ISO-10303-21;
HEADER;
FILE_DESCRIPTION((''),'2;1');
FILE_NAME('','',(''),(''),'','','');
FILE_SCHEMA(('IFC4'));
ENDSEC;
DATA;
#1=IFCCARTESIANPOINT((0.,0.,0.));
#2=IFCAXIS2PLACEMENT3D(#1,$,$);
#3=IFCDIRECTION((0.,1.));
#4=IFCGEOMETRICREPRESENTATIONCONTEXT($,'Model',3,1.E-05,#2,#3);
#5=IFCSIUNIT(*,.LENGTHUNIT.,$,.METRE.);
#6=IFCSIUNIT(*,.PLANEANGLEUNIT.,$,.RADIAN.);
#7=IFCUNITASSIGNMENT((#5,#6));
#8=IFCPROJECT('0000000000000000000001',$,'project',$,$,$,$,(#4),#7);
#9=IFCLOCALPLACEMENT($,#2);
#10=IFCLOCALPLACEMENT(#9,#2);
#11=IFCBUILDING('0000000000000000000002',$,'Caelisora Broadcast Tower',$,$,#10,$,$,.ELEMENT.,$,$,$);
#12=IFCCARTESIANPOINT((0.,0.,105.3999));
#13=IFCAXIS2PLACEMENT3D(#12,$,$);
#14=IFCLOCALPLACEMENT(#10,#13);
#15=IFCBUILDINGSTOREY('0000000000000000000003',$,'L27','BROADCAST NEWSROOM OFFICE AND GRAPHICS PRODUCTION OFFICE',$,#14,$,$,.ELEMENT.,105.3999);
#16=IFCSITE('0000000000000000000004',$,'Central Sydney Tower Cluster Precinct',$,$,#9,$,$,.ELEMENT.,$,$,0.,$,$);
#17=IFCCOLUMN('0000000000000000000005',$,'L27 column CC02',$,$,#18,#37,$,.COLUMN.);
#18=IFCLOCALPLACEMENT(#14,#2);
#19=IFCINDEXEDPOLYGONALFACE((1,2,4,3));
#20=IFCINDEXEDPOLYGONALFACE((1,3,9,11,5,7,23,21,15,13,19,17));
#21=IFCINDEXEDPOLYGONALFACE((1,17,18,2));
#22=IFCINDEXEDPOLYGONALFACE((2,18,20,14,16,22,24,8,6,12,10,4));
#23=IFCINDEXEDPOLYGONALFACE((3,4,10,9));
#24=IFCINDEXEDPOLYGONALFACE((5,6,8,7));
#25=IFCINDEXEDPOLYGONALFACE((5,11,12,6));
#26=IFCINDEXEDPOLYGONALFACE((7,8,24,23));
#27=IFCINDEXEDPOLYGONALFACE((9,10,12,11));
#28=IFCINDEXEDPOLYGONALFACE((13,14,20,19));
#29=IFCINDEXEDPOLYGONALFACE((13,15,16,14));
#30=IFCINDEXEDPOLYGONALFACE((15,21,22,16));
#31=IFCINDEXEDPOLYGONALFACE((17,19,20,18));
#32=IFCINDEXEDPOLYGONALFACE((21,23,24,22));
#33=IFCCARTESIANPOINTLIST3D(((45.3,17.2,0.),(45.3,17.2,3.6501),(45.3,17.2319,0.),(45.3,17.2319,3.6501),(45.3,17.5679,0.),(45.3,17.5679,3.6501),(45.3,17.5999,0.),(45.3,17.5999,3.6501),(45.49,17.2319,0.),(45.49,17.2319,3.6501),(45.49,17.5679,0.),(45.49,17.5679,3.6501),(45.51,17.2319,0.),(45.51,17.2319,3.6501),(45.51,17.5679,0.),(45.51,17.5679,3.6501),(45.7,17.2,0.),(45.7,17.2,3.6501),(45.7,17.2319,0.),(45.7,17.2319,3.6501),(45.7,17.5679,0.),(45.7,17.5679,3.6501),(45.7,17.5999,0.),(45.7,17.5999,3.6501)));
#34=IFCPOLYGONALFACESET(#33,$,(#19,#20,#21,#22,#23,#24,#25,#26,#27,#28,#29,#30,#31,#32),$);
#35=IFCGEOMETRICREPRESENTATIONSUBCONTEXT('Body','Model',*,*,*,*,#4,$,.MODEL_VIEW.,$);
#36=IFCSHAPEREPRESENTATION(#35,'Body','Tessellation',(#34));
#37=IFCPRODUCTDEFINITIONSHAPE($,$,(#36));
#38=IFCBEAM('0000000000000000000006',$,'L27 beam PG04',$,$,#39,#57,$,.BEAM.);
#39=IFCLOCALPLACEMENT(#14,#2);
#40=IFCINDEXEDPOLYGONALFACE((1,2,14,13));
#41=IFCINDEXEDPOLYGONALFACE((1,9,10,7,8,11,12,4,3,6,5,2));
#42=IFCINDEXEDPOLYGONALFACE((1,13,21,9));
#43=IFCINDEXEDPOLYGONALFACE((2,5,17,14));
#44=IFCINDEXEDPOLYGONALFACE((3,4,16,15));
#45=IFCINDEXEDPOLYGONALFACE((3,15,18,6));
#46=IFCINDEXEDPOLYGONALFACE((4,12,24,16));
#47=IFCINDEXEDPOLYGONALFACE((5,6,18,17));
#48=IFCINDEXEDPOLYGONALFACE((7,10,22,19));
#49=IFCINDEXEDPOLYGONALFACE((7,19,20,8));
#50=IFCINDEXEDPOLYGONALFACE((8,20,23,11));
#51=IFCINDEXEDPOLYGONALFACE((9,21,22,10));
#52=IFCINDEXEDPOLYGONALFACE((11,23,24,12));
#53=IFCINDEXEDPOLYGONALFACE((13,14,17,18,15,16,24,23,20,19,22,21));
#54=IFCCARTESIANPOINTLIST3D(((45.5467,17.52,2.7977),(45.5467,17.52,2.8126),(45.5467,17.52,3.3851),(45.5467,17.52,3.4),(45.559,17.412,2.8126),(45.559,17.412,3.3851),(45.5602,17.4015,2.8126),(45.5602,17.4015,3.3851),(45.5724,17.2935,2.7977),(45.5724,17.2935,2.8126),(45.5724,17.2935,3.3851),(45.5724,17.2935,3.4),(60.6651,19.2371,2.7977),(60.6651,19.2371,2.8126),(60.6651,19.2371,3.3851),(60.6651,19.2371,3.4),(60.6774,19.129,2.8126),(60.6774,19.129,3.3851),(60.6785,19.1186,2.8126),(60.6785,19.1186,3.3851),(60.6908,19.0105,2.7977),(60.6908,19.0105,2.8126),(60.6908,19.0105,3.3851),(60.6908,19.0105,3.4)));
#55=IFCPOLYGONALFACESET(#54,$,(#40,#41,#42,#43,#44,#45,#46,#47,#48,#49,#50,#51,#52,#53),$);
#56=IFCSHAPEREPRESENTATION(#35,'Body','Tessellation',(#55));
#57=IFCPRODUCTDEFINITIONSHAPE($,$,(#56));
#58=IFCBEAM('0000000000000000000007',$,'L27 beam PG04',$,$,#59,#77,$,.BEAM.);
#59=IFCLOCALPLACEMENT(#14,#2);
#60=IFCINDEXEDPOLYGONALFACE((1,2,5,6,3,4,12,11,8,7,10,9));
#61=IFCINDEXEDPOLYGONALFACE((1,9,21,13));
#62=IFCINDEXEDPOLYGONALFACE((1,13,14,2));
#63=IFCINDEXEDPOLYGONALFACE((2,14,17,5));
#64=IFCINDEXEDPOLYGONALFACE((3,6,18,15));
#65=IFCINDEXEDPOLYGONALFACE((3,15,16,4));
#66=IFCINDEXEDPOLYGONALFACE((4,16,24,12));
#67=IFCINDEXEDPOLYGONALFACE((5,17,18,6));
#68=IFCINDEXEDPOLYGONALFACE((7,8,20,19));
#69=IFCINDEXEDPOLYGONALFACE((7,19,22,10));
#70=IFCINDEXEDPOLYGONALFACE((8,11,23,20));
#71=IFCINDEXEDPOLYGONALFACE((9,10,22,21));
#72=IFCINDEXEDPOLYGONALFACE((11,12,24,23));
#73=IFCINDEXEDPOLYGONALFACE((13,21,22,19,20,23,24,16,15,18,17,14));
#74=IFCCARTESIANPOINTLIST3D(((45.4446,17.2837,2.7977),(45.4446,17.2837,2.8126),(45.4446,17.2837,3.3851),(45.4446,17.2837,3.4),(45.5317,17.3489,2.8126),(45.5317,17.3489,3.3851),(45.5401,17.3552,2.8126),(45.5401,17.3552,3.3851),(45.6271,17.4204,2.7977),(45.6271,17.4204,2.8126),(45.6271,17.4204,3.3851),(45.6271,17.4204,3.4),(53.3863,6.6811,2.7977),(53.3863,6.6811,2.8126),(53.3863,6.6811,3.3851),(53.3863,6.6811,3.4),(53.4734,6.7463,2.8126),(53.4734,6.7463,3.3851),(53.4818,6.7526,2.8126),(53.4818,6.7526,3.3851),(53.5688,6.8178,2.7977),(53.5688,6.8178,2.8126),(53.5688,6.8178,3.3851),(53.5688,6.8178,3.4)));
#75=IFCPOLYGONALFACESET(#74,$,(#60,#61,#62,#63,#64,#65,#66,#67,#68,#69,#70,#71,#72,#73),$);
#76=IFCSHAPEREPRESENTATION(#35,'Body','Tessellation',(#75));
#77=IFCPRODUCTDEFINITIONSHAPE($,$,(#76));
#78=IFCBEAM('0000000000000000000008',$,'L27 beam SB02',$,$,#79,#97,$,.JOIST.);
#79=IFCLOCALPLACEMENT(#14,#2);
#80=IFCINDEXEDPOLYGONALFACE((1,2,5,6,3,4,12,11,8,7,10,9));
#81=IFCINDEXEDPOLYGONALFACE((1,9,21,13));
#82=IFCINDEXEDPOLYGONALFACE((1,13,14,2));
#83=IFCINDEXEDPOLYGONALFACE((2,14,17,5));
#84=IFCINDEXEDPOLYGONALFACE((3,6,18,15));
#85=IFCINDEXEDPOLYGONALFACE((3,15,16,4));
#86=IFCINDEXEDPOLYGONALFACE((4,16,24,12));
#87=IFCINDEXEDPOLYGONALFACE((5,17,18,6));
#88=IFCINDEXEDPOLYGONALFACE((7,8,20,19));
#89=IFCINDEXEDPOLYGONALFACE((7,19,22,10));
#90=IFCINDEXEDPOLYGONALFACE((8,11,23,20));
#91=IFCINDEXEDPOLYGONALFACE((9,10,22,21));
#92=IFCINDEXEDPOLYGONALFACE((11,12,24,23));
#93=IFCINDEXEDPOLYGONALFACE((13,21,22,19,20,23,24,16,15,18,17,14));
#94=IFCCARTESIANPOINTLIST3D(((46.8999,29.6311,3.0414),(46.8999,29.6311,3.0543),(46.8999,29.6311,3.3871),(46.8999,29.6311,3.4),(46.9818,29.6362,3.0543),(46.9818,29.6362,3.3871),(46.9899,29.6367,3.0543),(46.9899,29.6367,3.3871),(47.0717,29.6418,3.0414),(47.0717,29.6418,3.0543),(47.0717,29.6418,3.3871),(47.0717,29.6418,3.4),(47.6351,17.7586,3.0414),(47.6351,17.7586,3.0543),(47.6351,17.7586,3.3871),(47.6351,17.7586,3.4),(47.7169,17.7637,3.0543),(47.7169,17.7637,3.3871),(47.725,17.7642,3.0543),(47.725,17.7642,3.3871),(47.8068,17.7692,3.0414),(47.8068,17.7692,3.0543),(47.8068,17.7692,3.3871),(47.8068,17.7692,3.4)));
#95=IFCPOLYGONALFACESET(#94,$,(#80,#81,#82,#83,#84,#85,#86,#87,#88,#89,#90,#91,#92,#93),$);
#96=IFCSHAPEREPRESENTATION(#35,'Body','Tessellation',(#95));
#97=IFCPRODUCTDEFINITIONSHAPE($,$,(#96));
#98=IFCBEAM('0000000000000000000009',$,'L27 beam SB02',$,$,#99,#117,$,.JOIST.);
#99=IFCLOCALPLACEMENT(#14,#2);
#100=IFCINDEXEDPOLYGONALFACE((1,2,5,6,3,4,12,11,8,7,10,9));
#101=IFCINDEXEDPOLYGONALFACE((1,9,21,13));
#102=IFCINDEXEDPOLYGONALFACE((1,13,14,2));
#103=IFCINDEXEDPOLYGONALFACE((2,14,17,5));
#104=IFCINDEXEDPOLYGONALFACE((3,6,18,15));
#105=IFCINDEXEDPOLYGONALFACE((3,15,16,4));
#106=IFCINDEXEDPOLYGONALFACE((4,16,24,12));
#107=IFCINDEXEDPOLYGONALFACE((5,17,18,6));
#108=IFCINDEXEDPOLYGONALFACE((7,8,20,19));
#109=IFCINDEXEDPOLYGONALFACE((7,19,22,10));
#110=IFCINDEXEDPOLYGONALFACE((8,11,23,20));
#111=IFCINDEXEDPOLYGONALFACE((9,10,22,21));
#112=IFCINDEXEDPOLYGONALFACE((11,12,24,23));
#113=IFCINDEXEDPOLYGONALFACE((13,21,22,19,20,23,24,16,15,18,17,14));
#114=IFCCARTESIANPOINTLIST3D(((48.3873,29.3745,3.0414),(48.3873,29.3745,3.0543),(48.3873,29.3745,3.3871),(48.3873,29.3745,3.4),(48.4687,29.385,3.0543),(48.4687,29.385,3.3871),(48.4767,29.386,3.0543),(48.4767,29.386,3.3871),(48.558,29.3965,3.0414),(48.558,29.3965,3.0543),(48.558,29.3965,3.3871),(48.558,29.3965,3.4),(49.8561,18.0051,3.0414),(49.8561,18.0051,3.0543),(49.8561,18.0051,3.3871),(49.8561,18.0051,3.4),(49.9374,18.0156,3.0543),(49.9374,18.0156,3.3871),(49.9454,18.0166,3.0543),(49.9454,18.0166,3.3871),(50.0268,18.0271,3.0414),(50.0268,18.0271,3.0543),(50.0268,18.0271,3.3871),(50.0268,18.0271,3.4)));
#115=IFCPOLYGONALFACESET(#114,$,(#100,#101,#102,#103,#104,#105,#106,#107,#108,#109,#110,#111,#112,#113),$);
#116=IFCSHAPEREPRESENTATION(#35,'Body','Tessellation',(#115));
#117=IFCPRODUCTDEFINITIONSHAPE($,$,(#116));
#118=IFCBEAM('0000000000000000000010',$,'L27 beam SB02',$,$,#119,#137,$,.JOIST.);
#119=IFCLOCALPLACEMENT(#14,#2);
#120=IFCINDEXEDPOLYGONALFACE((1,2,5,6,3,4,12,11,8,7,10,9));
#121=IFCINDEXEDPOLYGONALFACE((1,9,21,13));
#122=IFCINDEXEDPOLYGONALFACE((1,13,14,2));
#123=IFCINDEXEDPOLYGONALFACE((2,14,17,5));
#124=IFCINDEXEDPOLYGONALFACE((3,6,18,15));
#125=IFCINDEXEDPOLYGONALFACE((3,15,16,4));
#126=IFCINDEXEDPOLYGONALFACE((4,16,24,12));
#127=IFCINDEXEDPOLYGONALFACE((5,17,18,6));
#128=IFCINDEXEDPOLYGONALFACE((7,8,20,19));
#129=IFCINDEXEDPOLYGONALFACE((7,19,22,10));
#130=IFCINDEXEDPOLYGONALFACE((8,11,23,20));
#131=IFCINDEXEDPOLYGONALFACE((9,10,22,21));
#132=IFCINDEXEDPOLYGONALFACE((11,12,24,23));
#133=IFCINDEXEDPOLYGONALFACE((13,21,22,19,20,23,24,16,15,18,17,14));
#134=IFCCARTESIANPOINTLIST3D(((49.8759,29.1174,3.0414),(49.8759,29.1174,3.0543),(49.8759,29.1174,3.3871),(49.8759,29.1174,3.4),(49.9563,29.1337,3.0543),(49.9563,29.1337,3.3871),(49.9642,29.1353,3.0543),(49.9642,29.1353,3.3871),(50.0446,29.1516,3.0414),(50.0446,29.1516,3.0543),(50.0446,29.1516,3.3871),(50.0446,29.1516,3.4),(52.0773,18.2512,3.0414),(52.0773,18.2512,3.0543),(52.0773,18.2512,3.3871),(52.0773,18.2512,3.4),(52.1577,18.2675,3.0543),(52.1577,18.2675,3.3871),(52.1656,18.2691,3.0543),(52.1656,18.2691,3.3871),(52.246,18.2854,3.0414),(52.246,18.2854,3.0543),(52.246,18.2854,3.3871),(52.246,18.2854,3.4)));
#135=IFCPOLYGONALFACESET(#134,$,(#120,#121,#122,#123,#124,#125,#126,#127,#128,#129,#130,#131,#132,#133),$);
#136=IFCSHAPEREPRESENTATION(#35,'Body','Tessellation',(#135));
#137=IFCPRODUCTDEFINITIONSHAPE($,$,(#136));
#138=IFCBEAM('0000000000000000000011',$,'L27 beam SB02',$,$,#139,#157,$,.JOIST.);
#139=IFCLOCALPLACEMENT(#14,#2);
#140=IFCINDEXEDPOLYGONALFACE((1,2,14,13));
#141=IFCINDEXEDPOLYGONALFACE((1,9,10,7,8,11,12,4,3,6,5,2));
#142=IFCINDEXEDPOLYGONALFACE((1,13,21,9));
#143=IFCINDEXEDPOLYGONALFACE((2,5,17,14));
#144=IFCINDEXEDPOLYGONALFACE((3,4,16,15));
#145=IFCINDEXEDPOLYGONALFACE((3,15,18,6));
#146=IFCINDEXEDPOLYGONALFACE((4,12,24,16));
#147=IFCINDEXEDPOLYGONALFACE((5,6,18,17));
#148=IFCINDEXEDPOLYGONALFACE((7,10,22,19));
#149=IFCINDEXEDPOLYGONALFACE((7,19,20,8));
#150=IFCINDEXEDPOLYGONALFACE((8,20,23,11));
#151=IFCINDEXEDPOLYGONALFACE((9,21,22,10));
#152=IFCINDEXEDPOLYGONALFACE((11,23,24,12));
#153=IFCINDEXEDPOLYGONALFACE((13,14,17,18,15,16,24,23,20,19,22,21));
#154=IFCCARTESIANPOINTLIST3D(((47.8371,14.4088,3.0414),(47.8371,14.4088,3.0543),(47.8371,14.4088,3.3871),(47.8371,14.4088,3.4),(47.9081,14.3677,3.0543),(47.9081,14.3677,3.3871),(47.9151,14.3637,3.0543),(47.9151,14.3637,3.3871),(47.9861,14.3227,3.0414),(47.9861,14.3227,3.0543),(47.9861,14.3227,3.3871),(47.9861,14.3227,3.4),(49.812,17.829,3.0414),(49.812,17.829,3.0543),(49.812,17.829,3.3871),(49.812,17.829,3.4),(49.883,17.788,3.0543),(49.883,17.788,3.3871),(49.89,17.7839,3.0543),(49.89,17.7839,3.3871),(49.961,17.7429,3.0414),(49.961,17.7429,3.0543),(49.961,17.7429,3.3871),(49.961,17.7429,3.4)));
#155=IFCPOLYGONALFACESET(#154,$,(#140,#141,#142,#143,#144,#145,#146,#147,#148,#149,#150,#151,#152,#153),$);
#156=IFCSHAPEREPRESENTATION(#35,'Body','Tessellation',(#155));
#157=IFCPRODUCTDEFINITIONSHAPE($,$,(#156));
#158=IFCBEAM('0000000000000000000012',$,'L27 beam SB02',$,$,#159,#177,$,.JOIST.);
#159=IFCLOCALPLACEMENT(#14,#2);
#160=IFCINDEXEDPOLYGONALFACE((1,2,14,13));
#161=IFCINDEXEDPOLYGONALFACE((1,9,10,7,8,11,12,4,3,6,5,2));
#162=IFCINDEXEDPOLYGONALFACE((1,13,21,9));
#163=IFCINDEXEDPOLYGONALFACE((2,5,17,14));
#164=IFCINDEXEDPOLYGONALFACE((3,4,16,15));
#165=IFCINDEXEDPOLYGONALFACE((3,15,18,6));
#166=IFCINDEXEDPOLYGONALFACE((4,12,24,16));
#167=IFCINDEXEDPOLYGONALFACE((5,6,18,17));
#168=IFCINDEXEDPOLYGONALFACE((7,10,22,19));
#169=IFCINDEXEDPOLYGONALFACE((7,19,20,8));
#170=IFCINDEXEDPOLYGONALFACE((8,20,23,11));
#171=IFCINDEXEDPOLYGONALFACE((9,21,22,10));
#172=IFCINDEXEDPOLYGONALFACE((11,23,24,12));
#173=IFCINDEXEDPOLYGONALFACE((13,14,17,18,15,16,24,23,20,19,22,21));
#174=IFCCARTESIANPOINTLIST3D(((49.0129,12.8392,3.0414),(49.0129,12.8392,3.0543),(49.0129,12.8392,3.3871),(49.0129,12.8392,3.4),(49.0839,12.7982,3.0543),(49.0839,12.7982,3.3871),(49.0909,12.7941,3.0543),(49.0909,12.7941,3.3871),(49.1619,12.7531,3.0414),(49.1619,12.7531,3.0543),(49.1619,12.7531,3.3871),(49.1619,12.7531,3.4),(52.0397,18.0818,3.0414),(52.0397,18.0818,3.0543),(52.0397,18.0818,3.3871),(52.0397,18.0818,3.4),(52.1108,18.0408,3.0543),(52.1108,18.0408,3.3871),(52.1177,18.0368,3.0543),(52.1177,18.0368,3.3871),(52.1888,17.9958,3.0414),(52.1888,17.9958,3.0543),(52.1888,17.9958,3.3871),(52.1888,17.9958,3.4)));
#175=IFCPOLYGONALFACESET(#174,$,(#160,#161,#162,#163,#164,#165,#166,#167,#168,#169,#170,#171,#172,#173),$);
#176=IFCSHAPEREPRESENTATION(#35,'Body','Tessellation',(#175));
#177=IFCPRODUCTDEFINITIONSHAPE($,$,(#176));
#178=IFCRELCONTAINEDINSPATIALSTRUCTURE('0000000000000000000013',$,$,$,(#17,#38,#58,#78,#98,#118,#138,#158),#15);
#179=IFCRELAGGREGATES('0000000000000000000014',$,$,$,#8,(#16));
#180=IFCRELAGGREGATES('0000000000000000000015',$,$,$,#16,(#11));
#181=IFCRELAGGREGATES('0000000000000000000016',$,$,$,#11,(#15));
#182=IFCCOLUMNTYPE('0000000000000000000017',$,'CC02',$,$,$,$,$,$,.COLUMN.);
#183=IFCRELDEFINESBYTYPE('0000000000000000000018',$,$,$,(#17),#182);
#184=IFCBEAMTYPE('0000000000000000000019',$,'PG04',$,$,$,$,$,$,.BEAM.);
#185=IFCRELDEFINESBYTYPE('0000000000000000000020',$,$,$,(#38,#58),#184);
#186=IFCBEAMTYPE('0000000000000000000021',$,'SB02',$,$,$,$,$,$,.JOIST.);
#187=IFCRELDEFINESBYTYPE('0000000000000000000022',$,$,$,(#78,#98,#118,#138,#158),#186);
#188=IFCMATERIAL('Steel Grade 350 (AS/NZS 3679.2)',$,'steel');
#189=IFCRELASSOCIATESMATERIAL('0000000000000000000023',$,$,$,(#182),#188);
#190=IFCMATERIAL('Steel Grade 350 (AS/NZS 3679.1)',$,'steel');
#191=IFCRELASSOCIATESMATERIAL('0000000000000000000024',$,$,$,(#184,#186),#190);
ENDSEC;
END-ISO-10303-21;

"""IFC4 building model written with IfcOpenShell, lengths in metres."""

from ifc_helpers import new_model, si_unit, direction, frame, origin, origin_2d, place, context, subcontext, project, spatial, i_section, extrude, source, transform, mapped, material, material_profile, profile_set, type_object, type_shapes, element, save


model = new_model("IFC4")

# Units and contexts
model_context = context("Model", 3, precision=1e-05, world=origin(), true_north=direction((0.0, 1.0)))
body_context = subcontext(model_context, "Body", "Model", "MODEL_VIEW")
ifc_project = project(units=[si_unit("LENGTHUNIT", "METRE"), si_unit("PLANEANGLEUNIT", "RADIAN")], contexts=[model_context])

# Site, building, storey
site_placement = place(None, origin())
site = spatial("IfcSite", under=ifc_project, at=site_placement, Name="Central Sydney Tower Cluster Precinct", CompositionType="ELEMENT", RefElevation=0.0)
building_placement = place(site_placement, origin())
building = spatial("IfcBuilding", under=site, at=building_placement, Name="Caelisora Broadcast Tower", CompositionType="ELEMENT")
storey_placement = place(building_placement, frame((0.0, 0.0, 105.3999)))
storey = spatial("IfcBuildingStorey", under=building, at=storey_placement, Name="L27", Description="BROADCAST NEWSROOM OFFICE AND GRAPHICS PRODUCTION OFFICE", CompositionType="ELEMENT", Elevation=105.3999)

# Column
ifc_material_1 = material(Name="Steel Grade 350 (AS/NZS 3679.2)", Category="steel")
ifc_material_profile_1 = material_profile(ifc_material_1, i_section(OverallWidth=0.3999, OverallDepth=0.3999, WebThickness=0.02, FlangeThickness=0.032, at=origin_2d()), Name="Steel Grade 350 (AS/NZS 3679.2)")
ifc_profile_set_1 = profile_set([ifc_material_profile_1], Name="Steel Grade 350 (AS/NZS 3679.2)")
column_type = type_object("IfcColumnType", Name="CC02", PredefinedType="COLUMN", material=ifc_profile_set_1)
shared_shape_1 = source(origin(), body_context, "Body", "SweptSolid", [
    extrude(i_section(OverallWidth=0.3999, OverallDepth=0.3999, WebThickness=0.02, FlangeThickness=0.032, at=origin_2d()), origin(), (0.0, 0.0, 1.0), 3.6501),
])
type_shapes(column_type, [shared_shape_1])
column_placement = place(storey_placement, frame((45.5, 17.3999, 0.0), z_axis=(0.0, 0.0, 1.0), x_axis=(1.0, 0.0, 0.0)))
element("IfcColumn", 1, at=column_placement, inside=storey, type_object=column_type, Name="L27 column CC02", PredefinedType="COLUMN", context=body_context, shape_type="MappedRepresentation", body=[
    mapped(shared_shape_1, transform((0.0, 0.0, 0.0), scale=1.0)),
])

# Beams
ifc_material_2 = material(Name="Steel Grade 350 (AS/NZS 3679.1)", Category="steel")
ifc_material_profile_2 = material_profile(ifc_material_2, i_section(OverallWidth=0.228, OverallDepth=0.6023, WebThickness=0.0105, FlangeThickness=0.0149, at=origin_2d()), Name="Steel Grade 350 (AS/NZS 3679.1)")
ifc_profile_set_2 = profile_set([ifc_material_profile_2], Name="Steel Grade 350 (AS/NZS 3679.1)")
beam_type_1 = type_object("IfcBeamType", Name="PG04", PredefinedType="BEAM", material=ifc_profile_set_2)
shared_shape_2 = source(origin(), body_context, "Body", "SweptSolid", [
    extrude(i_section(OverallWidth=0.228, OverallDepth=0.6023, WebThickness=0.0105, FlangeThickness=0.0149, at=origin_2d()), origin(), (0.0, 0.0, 1.0), 15.2156),
])
beam_1_placement = place(storey_placement, frame((45.5596, 17.4067, 3.0989), z_axis=(0.993612, 0.112847, 0.0), x_axis=(-0.112847, 0.993612, 0.0)))
element("IfcBeam", 2, at=beam_1_placement, inside=storey, type_object=beam_type_1, Name="L27 beam PG04", PredefinedType="BEAM", context=body_context, shape_type="MappedRepresentation", body=[
    mapped(shared_shape_2, transform((0.0, 0.0, 0.0), scale=1.0)),
])
shared_shape_3 = source(origin(), body_context, "Body", "SweptSolid", [
    extrude(i_section(OverallWidth=0.228, OverallDepth=0.6023, WebThickness=0.0105, FlangeThickness=0.0149, at=origin_2d()), origin(), (0.0, 0.0, 1.0), 13.2471),
])
type_shapes(beam_type_1, [shared_shape_2, shared_shape_3])
beam_2_placement = place(storey_placement, frame((45.5359, 17.3521, 3.0989), z_axis=(0.599504, -0.800371, 0.0), x_axis=(0.800371, 0.599504, 0.0)))
element("IfcBeam", 3, at=beam_2_placement, inside=storey, type_object=beam_type_1, Name="L27 beam PG04", PredefinedType="BEAM", context=body_context, shape_type="MappedRepresentation", body=[
    mapped(shared_shape_3, transform((0.0, 0.0, 0.0), scale=1.0)),
])
ifc_material_profile_3 = material_profile(ifc_material_2, i_section(OverallWidth=0.1721, OverallDepth=0.3586, WebThickness=0.0081, FlangeThickness=0.0129, at=origin_2d()), Name="Steel Grade 350 (AS/NZS 3679.1)")
ifc_profile_set_3 = profile_set([ifc_material_profile_3], Name="Steel Grade 350 (AS/NZS 3679.1)")
beam_type_2 = type_object("IfcBeamType", Name="SB02", PredefinedType="JOIST", material=ifc_profile_set_3)
shared_shape_4 = source(origin(), body_context, "Body", "SweptSolid", [
    extrude(i_section(OverallWidth=0.1721, OverallDepth=0.3586, WebThickness=0.0081, FlangeThickness=0.0129, at=origin_2d()), origin(), (0.0, 0.0, 1.0), 11.8953),
])
beam_3_placement = place(storey_placement, frame((47.7209, 17.7639, 3.2207), z_axis=(-0.061798, 0.998089, 0.0), x_axis=(-0.998089, -0.061798, 0.0)))
element("IfcBeam", 4, at=beam_3_placement, inside=storey, type_object=beam_type_2, Name="L27 beam SB02", PredefinedType="JOIST", context=body_context, shape_type="MappedRepresentation", body=[
    mapped(shared_shape_4, transform((0.0, 0.0, 0.0), scale=1.0)),
])
shared_shape_5 = source(origin(), body_context, "Body", "SweptSolid", [
    extrude(i_section(OverallWidth=0.1721, OverallDepth=0.3586, WebThickness=0.0081, FlangeThickness=0.0129, at=origin_2d()), origin(), (0.0, 0.0, 1.0), 11.4639),
])
beam_4_placement = place(storey_placement, frame((49.9414, 18.0161, 3.2207), z_axis=(-0.12812, 0.991759, 0.0), x_axis=(-0.991759, -0.12812, 0.0)))
element("IfcBeam", 5, at=beam_4_placement, inside=storey, type_object=beam_type_2, Name="L27 beam SB02", PredefinedType="JOIST", context=body_context, shape_type="MappedRepresentation", body=[
    mapped(shared_shape_5, transform((0.0, 0.0, 0.0), scale=1.0)),
])
shared_shape_6 = source(origin(), body_context, "Body", "SweptSolid", [
    extrude(i_section(OverallWidth=0.1721, OverallDepth=0.3586, WebThickness=0.0081, FlangeThickness=0.0129, at=origin_2d()), origin(), (0.0, 0.0, 1.0), 11.0869),
])
beam_5_placement = place(storey_placement, frame((52.1616, 18.2683, 3.2207), z_axis=(-0.198559, 0.980089, 0.0), x_axis=(-0.980089, -0.198559, 0.0)))
element("IfcBeam", 6, at=beam_5_placement, inside=storey, type_object=beam_type_2, Name="L27 beam SB02", PredefinedType="JOIST", context=body_context, shape_type="MappedRepresentation", body=[
    mapped(shared_shape_6, transform((0.0, 0.0, 0.0), scale=1.0)),
])
shared_shape_7 = source(origin(), body_context, "Body", "SweptSolid", [
    extrude(i_section(OverallWidth=0.1721, OverallDepth=0.3586, WebThickness=0.0081, FlangeThickness=0.0129, at=origin_2d()), origin(), (0.0, 0.0, 1.0), 3.9495),
])
beam_6_placement = place(storey_placement, frame((47.9116, 14.3657, 3.2207), z_axis=(0.500042, 0.866001, 0.0), x_axis=(-0.866001, 0.500042, 0.0)))
element("IfcBeam", 7, at=beam_6_placement, inside=storey, type_object=beam_type_2, Name="L27 beam SB02", PredefinedType="JOIST", context=body_context, shape_type="MappedRepresentation", body=[
    mapped(shared_shape_7, transform((0.0, 0.0, 0.0), scale=1.0)),
])
shared_shape_8 = source(origin(), body_context, "Body", "SweptSolid", [
    extrude(i_section(OverallWidth=0.1721, OverallDepth=0.3586, WebThickness=0.0081, FlangeThickness=0.0129, at=origin_2d()), origin(), (0.0, 0.0, 1.0), 6.0537),
])
beam_7_placement = place(storey_placement, frame((49.0874, 12.7961, 3.2207), z_axis=(0.499999, 0.866026, 0.0), x_axis=(-0.866026, 0.499999, 0.0)))
element("IfcBeam", 8, at=beam_7_placement, inside=storey, type_object=beam_type_2, Name="L27 beam SB02", PredefinedType="JOIST", context=body_context, shape_type="MappedRepresentation", body=[
    mapped(shared_shape_8, transform((0.0, 0.0, 0.0), scale=1.0)),
])

save(model, "model.ifc")
